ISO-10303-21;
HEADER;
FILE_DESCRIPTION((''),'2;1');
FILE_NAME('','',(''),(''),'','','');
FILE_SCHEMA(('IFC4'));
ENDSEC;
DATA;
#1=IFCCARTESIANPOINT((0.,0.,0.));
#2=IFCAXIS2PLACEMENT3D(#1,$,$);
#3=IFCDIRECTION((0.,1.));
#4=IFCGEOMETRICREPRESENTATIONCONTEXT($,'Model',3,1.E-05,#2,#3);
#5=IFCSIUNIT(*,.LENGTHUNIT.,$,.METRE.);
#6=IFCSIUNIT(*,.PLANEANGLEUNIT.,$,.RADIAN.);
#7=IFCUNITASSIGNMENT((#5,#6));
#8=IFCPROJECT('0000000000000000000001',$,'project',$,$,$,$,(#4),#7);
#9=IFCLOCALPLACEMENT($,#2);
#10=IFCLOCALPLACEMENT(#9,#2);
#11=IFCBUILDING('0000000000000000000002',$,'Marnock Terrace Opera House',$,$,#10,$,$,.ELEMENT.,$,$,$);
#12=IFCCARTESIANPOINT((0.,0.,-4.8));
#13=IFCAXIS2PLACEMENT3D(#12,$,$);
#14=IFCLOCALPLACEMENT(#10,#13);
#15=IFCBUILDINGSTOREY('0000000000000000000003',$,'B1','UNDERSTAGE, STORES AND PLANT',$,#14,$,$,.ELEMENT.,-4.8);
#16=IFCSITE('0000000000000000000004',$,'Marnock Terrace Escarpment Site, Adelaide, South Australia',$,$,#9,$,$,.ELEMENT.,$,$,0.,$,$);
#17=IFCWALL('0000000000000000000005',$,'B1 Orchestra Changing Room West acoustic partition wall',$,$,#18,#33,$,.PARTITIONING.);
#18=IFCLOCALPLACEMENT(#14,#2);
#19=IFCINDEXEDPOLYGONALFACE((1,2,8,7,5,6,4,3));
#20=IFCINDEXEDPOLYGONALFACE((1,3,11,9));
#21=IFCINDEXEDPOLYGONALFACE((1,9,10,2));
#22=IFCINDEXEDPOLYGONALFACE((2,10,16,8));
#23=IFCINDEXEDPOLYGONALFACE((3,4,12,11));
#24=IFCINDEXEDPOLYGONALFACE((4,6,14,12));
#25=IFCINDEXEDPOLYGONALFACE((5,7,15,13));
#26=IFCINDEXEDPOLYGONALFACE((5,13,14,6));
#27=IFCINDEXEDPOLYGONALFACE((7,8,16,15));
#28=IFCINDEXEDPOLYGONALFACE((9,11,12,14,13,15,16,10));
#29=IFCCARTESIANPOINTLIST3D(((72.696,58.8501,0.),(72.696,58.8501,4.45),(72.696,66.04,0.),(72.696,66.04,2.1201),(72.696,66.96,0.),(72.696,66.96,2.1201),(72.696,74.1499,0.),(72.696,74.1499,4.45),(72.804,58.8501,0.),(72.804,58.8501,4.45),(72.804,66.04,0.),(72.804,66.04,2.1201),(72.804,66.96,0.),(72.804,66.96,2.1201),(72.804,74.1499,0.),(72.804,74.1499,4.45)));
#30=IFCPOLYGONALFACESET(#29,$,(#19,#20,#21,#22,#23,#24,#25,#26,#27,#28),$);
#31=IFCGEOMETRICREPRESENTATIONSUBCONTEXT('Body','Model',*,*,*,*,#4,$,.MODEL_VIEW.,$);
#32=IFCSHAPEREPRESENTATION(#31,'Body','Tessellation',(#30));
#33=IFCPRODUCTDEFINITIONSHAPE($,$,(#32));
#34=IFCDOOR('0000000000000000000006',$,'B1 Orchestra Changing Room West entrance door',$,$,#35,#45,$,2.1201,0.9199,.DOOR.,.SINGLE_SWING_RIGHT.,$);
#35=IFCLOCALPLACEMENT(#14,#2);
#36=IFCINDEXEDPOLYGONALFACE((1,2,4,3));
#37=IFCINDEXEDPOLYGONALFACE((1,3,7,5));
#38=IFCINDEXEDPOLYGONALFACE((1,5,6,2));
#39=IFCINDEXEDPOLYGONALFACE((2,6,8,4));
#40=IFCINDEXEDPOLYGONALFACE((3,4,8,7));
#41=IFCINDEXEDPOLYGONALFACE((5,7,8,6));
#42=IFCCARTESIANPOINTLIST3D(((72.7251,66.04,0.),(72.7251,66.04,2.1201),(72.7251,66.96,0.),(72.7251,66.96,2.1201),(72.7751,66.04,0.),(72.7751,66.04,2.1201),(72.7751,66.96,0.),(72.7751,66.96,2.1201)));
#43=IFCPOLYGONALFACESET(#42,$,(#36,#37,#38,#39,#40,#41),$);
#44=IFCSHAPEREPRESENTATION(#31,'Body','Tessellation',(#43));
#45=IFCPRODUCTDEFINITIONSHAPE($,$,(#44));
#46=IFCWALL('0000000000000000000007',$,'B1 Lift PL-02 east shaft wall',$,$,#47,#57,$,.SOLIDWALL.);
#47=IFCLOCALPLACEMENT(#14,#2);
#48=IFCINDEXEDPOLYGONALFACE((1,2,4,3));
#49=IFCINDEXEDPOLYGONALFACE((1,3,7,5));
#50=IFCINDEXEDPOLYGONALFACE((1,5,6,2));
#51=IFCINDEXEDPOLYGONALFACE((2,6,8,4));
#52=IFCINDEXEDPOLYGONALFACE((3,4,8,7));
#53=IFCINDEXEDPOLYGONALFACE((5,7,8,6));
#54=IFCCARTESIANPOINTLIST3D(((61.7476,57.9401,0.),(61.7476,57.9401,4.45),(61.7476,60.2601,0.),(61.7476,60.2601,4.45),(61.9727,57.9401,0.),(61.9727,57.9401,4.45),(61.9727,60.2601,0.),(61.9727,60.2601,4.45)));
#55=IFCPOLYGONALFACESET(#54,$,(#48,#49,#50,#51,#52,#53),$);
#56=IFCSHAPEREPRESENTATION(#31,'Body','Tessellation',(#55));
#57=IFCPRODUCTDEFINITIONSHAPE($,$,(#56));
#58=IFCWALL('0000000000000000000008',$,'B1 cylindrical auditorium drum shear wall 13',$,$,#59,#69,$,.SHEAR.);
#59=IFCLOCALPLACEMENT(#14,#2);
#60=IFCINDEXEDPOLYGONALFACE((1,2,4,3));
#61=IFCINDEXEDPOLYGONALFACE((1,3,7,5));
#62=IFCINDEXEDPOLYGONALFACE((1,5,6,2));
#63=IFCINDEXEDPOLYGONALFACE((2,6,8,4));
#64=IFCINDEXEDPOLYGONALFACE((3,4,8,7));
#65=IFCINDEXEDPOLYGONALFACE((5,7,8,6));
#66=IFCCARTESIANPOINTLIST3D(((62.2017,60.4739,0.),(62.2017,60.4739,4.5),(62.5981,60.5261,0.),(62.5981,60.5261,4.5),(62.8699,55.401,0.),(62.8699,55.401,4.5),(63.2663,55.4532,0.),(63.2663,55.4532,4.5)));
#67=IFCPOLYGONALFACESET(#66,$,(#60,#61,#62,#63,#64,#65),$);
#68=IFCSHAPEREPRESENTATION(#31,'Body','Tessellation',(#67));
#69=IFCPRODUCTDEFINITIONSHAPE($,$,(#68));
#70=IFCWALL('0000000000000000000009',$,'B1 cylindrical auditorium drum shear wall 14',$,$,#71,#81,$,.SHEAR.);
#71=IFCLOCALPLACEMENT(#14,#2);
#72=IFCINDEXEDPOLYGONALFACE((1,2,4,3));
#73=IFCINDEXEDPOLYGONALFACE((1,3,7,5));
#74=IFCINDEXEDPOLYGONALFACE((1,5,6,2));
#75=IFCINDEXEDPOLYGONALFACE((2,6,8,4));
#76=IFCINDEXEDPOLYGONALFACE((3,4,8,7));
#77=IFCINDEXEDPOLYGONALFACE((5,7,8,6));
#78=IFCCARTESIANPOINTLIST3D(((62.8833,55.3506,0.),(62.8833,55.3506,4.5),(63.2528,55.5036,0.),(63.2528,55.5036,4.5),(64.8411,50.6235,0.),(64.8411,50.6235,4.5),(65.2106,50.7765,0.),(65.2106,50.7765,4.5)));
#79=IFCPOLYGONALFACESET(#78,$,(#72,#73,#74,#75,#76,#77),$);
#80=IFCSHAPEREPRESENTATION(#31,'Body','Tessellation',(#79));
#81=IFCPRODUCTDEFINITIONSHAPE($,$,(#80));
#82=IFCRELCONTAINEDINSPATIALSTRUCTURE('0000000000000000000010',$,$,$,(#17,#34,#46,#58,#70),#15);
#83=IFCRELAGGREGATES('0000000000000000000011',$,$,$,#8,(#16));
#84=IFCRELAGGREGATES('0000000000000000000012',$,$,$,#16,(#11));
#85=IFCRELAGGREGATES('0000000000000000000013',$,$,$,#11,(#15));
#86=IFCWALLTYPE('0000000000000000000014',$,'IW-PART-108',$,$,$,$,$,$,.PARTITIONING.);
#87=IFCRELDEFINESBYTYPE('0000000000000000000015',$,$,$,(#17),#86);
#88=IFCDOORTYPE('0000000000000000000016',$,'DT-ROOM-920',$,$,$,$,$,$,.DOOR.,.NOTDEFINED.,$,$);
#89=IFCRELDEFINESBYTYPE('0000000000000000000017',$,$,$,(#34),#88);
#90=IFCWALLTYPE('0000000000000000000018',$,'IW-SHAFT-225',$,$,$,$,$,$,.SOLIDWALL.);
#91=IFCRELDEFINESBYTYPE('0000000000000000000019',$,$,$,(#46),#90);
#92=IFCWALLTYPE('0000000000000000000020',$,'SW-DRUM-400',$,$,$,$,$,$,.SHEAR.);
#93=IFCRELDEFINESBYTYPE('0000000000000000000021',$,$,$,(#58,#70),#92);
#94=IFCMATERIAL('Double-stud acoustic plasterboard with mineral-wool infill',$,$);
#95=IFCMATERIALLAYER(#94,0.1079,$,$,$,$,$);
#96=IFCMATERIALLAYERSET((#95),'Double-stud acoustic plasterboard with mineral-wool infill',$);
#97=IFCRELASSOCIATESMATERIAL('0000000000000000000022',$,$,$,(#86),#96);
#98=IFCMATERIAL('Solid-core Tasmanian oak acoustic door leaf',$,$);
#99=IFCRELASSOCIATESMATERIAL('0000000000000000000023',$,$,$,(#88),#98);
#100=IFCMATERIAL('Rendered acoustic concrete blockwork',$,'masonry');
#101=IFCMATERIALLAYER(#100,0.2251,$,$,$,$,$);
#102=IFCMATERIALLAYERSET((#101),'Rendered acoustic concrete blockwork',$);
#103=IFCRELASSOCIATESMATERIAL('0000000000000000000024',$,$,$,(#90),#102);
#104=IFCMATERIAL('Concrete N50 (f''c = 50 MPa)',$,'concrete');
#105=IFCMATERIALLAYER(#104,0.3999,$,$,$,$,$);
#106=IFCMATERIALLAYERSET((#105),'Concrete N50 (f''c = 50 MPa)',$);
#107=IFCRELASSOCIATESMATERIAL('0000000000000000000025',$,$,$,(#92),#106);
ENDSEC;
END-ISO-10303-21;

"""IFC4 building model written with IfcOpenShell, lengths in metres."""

from ifc_helpers import new_model, si_unit, direction, frame, frame_2d, origin, place, context, subcontext, project, spatial, rectangle, extrude, material, layer, layer_set, type_object, element, fill, save


model = new_model("IFC4")

# Units and contexts
model_context = context("Model", 3, precision=1e-05, world=origin(), true_north=direction((0.0, 1.0)))
body_context = subcontext(model_context, "Body", "Model", "MODEL_VIEW")
ifc_project = project(units=[si_unit("LENGTHUNIT", "METRE"), si_unit("PLANEANGLEUNIT", "RADIAN")], contexts=[model_context])

# Site, building, storey
site_placement = place(None, origin())
site = spatial("IfcSite", under=ifc_project, at=site_placement, Name="Marnock Terrace Escarpment Site, Adelaide, South Australia", CompositionType="ELEMENT", RefElevation=0.0)
building_placement = place(site_placement, origin())
building = spatial("IfcBuilding", under=site, at=building_placement, Name="Marnock Terrace Opera House", CompositionType="ELEMENT")
storey_placement = place(building_placement, frame((0.0, 0.0, -4.8)))
storey = spatial("IfcBuildingStorey", under=building, at=storey_placement, Name="B1", Description="UNDERSTAGE, STORES AND PLANT", CompositionType="ELEMENT", Elevation=-4.8)

# Shared definitions
ifc_material_1 = material(Name="Concrete N50 (f'c = 50 MPa)", Category="concrete")

# Wall, opening, door
ifc_material_2 = material(Name="Double-stud acoustic plasterboard with mineral-wool infill")
ifc_layer_1 = layer(ifc_material_2, 0.1079)
ifc_layer_set_1 = layer_set([ifc_layer_1], Name="Double-stud acoustic plasterboard with mineral-wool infill")
wall_type_1 = type_object("IfcWallType", Name="IW-PART-108", PredefinedType="PARTITIONING", material=ifc_layer_set_1)
wall_1_placement = place(storey_placement, frame((72.75, 58.8501, 0.0), z_axis=(0.0, 0.0, 1.0), x_axis=(0.0, 1.0, 0.0)))
wall_1 = element("IfcWall", 1, at=wall_1_placement, inside=storey, type_object=wall_type_1, Name="B1 Orchestra Changing Room West acoustic partition wall", PredefinedType="PARTITIONING", context=body_context, shape_type="SweptSolid", body=[
    extrude(rectangle(XDim=15.2998, YDim=0.1079, at=frame_2d((7.6499, 0.0))), origin(), (0.0, 0.0, 1.0), 4.45),
])
opening_placement = place(wall_1_placement, frame((7.1899, 0.0, 0.0)))
opening = element("IfcOpeningElement", 2, at=opening_placement, cuts=wall_1, PredefinedType="OPENING", context=body_context, shape_type="SweptSolid", body=[
    extrude(rectangle(XDim=0.9199, YDim=2.1201, at=frame_2d((0.46, 1.0601))), frame((0.0, 0.064, 0.0), z_axis=(0.0, -1.0, 0.0), x_axis=(1.0, 0.0, 0.0)), (0.0, 0.0, 1.0), 0.1279),
])
ifc_material_3 = material(Name="Solid-core Tasmanian oak acoustic door leaf")
door_type = type_object("IfcDoorType", Name="DT-ROOM-920", OperationType="NOTDEFINED", PredefinedType="DOOR", material=ifc_material_3)
door_placement = place(opening_placement, origin())
door = element("IfcDoor", 3, at=door_placement, inside=storey, type_object=door_type, Name="B1 Orchestra Changing Room West entrance door", OperationType="SINGLE_SWING_RIGHT", OverallHeight=2.1201, OverallWidth=0.9199, PredefinedType="DOOR", context=body_context, shape_type="SweptSolid", body=[
    extrude(rectangle(XDim=0.9199, YDim=2.1201, at=frame_2d((0.46, 1.0601))), frame((0.0, 0.0249, 0.0), z_axis=(0.0, -1.0, 0.0), x_axis=(1.0, 0.0, 0.0)), (0.0, 0.0, 1.0), 0.05),
])
fill(opening, door)

# Walls
ifc_material_4 = material(Name="Rendered acoustic concrete blockwork", Category="masonry")
ifc_layer_2 = layer(ifc_material_4, 0.2251)
ifc_layer_set_2 = layer_set([ifc_layer_2], Name="Rendered acoustic concrete blockwork")
wall_type_2 = type_object("IfcWallType", Name="IW-SHAFT-225", PredefinedType="SOLIDWALL", material=ifc_layer_set_2)
wall_2_placement = place(storey_placement, frame((61.8601, 57.9399, 0.0), z_axis=(0.0, 0.0, 1.0), x_axis=(0.0, 1.0, 0.0)))
element("IfcWall", 4, at=wall_2_placement, inside=storey, type_object=wall_type_2, Name="B1 Lift PL-02 east shaft wall", PredefinedType="SOLIDWALL", context=body_context, shape_type="SweptSolid", body=[
    extrude(rectangle(XDim=2.3201, YDim=0.2251, at=frame_2d((1.1602, 0.0))), origin(), (0.0, 0.0, 1.0), 4.45),
])
ifc_layer_3 = layer(ifc_material_1, 0.3999)
ifc_layer_set_3 = layer_set([ifc_layer_3], Name="Concrete N50 (f'c = 50 MPa)")
wall_type_3 = type_object("IfcWallType", Name="SW-DRUM-400", PredefinedType="SHEAR", material=ifc_layer_set_3)
wall_3_placement = place(storey_placement, frame((62.3999, 60.5, 0.0), z_axis=(0.0, 0.0, 1.0), x_axis=(0.130592, -0.991436, 0.0)))
element("IfcWall", 5, at=wall_3_placement, inside=storey, type_object=wall_type_3, Name="B1 cylindrical auditorium drum shear wall 13", PredefinedType="SHEAR", context=body_context, shape_type="SweptSolid", body=[
    extrude(rectangle(XDim=5.1167, YDim=0.3999, at=frame_2d((2.5583, 0.0))), origin(), (0.0, 0.0, 1.0), 4.5),
])
wall_4_placement = place(storey_placement, frame((63.0681, 55.427, 0.0), z_axis=(0.0, 0.0, 1.0), x_axis=(0.382643, -0.923896, 0.0)))
element("IfcWall", 6, at=wall_4_placement, inside=storey, type_object=wall_type_3, Name="B1 cylindrical auditorium drum shear wall 14", PredefinedType="SHEAR", context=body_context, shape_type="SweptSolid", body=[
    extrude(rectangle(XDim=5.1165, YDim=0.3999, at=frame_2d((2.5581, 0.0))), origin(), (0.0, 0.0, 1.0), 4.5),
])

save(model, "model.ifc")
